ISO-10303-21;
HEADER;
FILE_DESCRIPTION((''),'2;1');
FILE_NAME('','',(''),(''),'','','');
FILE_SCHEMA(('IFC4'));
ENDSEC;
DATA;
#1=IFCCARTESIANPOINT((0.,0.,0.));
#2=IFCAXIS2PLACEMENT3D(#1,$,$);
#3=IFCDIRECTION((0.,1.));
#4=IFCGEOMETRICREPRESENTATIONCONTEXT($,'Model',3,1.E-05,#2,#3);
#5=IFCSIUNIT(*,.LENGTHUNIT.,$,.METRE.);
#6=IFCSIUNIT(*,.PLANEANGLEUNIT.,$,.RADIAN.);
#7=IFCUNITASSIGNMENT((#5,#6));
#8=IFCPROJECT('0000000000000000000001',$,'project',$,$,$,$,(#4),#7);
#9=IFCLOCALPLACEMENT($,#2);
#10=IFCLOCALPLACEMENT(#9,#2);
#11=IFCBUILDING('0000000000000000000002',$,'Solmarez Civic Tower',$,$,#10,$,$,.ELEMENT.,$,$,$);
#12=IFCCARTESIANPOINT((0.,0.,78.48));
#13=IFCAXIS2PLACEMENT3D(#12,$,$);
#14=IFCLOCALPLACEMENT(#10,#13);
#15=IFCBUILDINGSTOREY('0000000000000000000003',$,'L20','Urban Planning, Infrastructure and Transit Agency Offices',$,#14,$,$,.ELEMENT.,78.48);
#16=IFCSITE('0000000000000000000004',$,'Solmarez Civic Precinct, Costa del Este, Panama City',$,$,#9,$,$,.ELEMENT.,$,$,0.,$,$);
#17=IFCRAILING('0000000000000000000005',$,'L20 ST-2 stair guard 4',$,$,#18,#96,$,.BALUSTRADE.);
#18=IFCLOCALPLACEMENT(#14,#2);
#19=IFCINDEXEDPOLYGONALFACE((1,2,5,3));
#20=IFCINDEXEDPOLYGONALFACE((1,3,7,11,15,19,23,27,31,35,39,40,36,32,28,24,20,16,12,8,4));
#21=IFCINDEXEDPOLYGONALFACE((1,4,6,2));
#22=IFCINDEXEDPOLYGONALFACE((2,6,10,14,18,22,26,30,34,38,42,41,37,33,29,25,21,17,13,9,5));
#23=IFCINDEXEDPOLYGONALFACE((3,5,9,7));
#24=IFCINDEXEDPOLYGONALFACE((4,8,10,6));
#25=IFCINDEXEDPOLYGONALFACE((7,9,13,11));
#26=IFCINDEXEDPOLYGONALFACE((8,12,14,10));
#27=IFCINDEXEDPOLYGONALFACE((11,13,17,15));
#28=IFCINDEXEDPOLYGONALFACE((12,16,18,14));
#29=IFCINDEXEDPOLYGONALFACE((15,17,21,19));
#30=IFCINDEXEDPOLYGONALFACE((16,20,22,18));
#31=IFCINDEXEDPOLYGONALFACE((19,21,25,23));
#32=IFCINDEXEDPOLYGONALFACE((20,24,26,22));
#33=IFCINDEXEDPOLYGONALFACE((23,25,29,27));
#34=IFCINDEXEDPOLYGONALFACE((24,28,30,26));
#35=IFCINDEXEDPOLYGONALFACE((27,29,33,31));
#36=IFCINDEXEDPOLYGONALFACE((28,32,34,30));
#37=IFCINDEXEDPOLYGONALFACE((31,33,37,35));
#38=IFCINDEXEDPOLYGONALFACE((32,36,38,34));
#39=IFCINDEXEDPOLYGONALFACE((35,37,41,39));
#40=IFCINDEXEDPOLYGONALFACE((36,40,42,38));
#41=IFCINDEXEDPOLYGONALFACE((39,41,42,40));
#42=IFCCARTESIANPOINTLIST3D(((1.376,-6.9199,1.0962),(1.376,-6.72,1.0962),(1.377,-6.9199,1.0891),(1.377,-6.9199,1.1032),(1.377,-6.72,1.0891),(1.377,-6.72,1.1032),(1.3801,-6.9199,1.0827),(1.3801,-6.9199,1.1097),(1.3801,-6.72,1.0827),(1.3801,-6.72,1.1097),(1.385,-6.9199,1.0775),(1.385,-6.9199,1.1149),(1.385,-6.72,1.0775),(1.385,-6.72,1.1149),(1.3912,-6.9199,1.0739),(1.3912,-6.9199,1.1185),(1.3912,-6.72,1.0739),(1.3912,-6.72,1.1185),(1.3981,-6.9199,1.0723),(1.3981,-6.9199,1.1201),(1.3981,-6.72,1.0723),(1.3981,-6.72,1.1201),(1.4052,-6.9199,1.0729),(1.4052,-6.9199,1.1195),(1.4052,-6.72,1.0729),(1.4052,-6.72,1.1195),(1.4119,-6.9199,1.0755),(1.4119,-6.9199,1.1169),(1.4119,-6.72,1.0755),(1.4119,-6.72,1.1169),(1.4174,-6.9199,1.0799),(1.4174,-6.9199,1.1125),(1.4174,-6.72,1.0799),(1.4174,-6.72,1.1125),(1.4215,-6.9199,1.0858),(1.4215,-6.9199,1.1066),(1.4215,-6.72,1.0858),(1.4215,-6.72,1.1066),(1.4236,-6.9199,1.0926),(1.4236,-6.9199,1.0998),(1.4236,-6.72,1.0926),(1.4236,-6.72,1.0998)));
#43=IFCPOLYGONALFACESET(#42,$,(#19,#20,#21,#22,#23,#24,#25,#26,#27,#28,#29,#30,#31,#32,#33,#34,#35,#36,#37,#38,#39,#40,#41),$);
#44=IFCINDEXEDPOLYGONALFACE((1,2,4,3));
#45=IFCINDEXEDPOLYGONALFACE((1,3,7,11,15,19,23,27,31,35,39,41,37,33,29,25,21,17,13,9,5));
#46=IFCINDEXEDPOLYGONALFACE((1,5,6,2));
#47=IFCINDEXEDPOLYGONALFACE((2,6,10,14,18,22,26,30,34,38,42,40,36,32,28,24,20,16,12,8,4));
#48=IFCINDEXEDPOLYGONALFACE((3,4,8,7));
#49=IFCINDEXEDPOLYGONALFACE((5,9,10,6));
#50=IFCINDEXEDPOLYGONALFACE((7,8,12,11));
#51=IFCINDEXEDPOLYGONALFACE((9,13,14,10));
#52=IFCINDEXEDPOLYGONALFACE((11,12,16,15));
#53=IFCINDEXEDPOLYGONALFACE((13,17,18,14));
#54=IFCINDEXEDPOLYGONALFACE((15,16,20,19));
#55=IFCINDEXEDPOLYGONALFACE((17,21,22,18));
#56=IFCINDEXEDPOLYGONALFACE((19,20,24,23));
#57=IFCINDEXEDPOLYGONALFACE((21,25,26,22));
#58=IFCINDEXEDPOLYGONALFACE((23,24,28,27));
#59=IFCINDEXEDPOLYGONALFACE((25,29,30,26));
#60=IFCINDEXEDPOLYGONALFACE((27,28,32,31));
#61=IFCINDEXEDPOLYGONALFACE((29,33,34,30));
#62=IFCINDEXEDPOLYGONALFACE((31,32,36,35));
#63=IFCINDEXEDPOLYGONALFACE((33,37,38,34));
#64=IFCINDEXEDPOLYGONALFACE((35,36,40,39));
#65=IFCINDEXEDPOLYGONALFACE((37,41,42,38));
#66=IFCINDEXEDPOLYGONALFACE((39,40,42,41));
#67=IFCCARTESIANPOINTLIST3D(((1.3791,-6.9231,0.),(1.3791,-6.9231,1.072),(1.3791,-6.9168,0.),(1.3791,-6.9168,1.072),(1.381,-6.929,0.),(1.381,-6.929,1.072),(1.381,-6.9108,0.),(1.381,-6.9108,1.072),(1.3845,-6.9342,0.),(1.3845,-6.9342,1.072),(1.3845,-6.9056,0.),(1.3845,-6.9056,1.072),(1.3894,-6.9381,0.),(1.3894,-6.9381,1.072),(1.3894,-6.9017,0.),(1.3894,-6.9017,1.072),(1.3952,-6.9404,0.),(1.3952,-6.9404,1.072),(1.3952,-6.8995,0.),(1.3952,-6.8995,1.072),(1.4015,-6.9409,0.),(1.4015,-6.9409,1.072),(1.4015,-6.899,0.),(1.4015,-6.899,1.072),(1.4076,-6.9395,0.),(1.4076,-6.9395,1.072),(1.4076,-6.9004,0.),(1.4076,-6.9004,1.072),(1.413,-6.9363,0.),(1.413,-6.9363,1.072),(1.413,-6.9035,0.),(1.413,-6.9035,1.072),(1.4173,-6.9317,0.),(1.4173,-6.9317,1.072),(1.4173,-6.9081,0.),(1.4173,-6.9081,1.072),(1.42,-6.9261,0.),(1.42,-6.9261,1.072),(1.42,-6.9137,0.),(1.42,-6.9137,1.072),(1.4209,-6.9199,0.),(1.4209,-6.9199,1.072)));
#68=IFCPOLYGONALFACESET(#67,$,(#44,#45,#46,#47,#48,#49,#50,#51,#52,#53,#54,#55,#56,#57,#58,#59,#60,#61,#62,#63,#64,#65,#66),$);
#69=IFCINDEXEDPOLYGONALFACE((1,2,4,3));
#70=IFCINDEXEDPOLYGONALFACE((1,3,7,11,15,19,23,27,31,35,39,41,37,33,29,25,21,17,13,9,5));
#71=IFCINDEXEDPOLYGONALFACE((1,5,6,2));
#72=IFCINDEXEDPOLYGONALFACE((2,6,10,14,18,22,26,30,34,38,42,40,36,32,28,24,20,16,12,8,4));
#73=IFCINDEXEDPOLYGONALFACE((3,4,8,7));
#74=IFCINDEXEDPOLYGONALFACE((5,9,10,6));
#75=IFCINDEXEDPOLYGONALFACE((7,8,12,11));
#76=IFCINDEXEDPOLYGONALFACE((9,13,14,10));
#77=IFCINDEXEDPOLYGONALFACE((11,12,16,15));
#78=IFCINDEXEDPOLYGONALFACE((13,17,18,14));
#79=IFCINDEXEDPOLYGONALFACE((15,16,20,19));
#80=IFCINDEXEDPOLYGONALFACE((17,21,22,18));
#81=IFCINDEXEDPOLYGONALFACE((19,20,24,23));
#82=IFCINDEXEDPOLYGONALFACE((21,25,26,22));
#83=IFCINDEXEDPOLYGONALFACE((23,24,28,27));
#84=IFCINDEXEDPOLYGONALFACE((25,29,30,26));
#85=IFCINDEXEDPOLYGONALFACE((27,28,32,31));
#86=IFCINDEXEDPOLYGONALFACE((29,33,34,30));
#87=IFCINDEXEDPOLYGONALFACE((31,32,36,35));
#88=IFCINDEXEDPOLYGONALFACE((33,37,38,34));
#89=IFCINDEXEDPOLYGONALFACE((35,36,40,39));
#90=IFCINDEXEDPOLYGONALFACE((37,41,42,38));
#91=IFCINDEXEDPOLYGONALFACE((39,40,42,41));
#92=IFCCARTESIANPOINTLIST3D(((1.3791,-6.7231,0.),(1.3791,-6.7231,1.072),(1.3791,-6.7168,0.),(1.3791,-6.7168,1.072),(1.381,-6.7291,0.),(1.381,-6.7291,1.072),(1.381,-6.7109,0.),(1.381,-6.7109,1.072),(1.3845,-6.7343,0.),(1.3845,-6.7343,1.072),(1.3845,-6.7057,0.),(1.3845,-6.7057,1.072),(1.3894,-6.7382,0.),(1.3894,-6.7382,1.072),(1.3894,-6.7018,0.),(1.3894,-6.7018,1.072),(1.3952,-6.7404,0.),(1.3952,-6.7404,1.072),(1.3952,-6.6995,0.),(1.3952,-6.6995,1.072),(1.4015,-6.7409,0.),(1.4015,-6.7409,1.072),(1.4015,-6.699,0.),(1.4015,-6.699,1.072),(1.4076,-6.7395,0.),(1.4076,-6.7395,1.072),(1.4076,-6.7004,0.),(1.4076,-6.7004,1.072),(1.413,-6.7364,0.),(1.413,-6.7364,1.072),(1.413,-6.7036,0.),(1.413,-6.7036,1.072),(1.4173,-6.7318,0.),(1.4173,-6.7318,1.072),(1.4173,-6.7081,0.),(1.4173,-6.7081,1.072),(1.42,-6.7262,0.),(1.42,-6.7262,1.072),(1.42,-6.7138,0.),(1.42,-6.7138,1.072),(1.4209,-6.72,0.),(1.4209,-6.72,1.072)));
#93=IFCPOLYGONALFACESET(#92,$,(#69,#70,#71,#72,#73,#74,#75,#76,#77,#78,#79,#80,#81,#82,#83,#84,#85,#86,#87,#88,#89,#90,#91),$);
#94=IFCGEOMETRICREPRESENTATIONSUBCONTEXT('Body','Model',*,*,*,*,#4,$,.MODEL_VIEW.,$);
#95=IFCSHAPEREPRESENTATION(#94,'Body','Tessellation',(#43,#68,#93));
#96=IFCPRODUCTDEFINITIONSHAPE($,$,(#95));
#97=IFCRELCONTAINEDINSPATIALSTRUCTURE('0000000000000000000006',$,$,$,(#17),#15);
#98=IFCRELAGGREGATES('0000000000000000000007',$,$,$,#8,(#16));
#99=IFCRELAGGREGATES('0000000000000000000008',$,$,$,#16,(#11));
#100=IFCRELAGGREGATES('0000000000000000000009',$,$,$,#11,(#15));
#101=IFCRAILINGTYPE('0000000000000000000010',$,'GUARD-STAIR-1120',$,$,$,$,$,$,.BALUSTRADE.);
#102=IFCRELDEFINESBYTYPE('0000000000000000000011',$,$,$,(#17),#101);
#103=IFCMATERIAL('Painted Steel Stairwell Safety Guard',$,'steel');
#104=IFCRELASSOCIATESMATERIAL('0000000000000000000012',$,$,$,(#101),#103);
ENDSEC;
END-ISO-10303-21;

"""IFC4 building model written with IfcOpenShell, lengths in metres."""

from ifc_helpers import new_model, si_unit, direction, frame, origin, origin_2d, place, context, subcontext, project, spatial, circle, extrude, material, type_object, element, save


model = new_model("IFC4")

# Units and contexts
model_context = context("Model", 3, precision=1e-05, world=origin(), true_north=direction((0.0, 1.0)))
body_context = subcontext(model_context, "Body", "Model", "MODEL_VIEW")
ifc_project = project(units=[si_unit("LENGTHUNIT", "METRE"), si_unit("PLANEANGLEUNIT", "RADIAN")], contexts=[model_context])

# Site, building, storey
site_placement = place(None, origin())
site = spatial("IfcSite", under=ifc_project, at=site_placement, Name="Solmarez Civic Precinct, Costa del Este, Panama City", CompositionType="ELEMENT", RefElevation=0.0)
building_placement = place(site_placement, origin())
building = spatial("IfcBuilding", under=site, at=building_placement, Name="Solmarez Civic Tower", CompositionType="ELEMENT")
storey_placement = place(building_placement, frame((0.0, 0.0, 78.48)))
storey = spatial("IfcBuildingStorey", under=building, at=storey_placement, Name="L20", Description="Urban Planning, Infrastructure and Transit Agency Offices", CompositionType="ELEMENT", Elevation=78.48)

# Railing
ifc_material_1 = material(Name="Painted Steel Stairwell Safety Guard", Category="steel")
railing_type_1 = type_object("IfcRailingType", Name="GUARD-STAIR-1120", PredefinedType="BALUSTRADE", material=ifc_material_1)
railing_1_placement = place(storey_placement, frame((1.3999, -6.9199, 0.0)))
element("IfcRailing", 1, at=railing_1_placement, inside=storey, type_object=railing_type_1, Name="L20 ST-2 stair guard 4", PredefinedType="BALUSTRADE", context=body_context, shape_type="SweptSolid", body=[
    extrude(circle(Radius=0.0239, at=origin_2d()), frame((0.0, 0.0, 1.0962), z_axis=(0.0, 1.0, 0.0), x_axis=(-1.0, 0.0, 0.0)), (0.0, 0.0, 1.0), 0.2),
    extrude(circle(Radius=0.021, at=origin_2d()), origin(), (0.0, 0.0, 1.0), 1.072),
    extrude(circle(Radius=0.021, at=origin_2d()), frame((0.0, 0.2, 0.0)), (0.0, 0.0, 1.0), 1.072),
])

save(model, "model.ifc")
